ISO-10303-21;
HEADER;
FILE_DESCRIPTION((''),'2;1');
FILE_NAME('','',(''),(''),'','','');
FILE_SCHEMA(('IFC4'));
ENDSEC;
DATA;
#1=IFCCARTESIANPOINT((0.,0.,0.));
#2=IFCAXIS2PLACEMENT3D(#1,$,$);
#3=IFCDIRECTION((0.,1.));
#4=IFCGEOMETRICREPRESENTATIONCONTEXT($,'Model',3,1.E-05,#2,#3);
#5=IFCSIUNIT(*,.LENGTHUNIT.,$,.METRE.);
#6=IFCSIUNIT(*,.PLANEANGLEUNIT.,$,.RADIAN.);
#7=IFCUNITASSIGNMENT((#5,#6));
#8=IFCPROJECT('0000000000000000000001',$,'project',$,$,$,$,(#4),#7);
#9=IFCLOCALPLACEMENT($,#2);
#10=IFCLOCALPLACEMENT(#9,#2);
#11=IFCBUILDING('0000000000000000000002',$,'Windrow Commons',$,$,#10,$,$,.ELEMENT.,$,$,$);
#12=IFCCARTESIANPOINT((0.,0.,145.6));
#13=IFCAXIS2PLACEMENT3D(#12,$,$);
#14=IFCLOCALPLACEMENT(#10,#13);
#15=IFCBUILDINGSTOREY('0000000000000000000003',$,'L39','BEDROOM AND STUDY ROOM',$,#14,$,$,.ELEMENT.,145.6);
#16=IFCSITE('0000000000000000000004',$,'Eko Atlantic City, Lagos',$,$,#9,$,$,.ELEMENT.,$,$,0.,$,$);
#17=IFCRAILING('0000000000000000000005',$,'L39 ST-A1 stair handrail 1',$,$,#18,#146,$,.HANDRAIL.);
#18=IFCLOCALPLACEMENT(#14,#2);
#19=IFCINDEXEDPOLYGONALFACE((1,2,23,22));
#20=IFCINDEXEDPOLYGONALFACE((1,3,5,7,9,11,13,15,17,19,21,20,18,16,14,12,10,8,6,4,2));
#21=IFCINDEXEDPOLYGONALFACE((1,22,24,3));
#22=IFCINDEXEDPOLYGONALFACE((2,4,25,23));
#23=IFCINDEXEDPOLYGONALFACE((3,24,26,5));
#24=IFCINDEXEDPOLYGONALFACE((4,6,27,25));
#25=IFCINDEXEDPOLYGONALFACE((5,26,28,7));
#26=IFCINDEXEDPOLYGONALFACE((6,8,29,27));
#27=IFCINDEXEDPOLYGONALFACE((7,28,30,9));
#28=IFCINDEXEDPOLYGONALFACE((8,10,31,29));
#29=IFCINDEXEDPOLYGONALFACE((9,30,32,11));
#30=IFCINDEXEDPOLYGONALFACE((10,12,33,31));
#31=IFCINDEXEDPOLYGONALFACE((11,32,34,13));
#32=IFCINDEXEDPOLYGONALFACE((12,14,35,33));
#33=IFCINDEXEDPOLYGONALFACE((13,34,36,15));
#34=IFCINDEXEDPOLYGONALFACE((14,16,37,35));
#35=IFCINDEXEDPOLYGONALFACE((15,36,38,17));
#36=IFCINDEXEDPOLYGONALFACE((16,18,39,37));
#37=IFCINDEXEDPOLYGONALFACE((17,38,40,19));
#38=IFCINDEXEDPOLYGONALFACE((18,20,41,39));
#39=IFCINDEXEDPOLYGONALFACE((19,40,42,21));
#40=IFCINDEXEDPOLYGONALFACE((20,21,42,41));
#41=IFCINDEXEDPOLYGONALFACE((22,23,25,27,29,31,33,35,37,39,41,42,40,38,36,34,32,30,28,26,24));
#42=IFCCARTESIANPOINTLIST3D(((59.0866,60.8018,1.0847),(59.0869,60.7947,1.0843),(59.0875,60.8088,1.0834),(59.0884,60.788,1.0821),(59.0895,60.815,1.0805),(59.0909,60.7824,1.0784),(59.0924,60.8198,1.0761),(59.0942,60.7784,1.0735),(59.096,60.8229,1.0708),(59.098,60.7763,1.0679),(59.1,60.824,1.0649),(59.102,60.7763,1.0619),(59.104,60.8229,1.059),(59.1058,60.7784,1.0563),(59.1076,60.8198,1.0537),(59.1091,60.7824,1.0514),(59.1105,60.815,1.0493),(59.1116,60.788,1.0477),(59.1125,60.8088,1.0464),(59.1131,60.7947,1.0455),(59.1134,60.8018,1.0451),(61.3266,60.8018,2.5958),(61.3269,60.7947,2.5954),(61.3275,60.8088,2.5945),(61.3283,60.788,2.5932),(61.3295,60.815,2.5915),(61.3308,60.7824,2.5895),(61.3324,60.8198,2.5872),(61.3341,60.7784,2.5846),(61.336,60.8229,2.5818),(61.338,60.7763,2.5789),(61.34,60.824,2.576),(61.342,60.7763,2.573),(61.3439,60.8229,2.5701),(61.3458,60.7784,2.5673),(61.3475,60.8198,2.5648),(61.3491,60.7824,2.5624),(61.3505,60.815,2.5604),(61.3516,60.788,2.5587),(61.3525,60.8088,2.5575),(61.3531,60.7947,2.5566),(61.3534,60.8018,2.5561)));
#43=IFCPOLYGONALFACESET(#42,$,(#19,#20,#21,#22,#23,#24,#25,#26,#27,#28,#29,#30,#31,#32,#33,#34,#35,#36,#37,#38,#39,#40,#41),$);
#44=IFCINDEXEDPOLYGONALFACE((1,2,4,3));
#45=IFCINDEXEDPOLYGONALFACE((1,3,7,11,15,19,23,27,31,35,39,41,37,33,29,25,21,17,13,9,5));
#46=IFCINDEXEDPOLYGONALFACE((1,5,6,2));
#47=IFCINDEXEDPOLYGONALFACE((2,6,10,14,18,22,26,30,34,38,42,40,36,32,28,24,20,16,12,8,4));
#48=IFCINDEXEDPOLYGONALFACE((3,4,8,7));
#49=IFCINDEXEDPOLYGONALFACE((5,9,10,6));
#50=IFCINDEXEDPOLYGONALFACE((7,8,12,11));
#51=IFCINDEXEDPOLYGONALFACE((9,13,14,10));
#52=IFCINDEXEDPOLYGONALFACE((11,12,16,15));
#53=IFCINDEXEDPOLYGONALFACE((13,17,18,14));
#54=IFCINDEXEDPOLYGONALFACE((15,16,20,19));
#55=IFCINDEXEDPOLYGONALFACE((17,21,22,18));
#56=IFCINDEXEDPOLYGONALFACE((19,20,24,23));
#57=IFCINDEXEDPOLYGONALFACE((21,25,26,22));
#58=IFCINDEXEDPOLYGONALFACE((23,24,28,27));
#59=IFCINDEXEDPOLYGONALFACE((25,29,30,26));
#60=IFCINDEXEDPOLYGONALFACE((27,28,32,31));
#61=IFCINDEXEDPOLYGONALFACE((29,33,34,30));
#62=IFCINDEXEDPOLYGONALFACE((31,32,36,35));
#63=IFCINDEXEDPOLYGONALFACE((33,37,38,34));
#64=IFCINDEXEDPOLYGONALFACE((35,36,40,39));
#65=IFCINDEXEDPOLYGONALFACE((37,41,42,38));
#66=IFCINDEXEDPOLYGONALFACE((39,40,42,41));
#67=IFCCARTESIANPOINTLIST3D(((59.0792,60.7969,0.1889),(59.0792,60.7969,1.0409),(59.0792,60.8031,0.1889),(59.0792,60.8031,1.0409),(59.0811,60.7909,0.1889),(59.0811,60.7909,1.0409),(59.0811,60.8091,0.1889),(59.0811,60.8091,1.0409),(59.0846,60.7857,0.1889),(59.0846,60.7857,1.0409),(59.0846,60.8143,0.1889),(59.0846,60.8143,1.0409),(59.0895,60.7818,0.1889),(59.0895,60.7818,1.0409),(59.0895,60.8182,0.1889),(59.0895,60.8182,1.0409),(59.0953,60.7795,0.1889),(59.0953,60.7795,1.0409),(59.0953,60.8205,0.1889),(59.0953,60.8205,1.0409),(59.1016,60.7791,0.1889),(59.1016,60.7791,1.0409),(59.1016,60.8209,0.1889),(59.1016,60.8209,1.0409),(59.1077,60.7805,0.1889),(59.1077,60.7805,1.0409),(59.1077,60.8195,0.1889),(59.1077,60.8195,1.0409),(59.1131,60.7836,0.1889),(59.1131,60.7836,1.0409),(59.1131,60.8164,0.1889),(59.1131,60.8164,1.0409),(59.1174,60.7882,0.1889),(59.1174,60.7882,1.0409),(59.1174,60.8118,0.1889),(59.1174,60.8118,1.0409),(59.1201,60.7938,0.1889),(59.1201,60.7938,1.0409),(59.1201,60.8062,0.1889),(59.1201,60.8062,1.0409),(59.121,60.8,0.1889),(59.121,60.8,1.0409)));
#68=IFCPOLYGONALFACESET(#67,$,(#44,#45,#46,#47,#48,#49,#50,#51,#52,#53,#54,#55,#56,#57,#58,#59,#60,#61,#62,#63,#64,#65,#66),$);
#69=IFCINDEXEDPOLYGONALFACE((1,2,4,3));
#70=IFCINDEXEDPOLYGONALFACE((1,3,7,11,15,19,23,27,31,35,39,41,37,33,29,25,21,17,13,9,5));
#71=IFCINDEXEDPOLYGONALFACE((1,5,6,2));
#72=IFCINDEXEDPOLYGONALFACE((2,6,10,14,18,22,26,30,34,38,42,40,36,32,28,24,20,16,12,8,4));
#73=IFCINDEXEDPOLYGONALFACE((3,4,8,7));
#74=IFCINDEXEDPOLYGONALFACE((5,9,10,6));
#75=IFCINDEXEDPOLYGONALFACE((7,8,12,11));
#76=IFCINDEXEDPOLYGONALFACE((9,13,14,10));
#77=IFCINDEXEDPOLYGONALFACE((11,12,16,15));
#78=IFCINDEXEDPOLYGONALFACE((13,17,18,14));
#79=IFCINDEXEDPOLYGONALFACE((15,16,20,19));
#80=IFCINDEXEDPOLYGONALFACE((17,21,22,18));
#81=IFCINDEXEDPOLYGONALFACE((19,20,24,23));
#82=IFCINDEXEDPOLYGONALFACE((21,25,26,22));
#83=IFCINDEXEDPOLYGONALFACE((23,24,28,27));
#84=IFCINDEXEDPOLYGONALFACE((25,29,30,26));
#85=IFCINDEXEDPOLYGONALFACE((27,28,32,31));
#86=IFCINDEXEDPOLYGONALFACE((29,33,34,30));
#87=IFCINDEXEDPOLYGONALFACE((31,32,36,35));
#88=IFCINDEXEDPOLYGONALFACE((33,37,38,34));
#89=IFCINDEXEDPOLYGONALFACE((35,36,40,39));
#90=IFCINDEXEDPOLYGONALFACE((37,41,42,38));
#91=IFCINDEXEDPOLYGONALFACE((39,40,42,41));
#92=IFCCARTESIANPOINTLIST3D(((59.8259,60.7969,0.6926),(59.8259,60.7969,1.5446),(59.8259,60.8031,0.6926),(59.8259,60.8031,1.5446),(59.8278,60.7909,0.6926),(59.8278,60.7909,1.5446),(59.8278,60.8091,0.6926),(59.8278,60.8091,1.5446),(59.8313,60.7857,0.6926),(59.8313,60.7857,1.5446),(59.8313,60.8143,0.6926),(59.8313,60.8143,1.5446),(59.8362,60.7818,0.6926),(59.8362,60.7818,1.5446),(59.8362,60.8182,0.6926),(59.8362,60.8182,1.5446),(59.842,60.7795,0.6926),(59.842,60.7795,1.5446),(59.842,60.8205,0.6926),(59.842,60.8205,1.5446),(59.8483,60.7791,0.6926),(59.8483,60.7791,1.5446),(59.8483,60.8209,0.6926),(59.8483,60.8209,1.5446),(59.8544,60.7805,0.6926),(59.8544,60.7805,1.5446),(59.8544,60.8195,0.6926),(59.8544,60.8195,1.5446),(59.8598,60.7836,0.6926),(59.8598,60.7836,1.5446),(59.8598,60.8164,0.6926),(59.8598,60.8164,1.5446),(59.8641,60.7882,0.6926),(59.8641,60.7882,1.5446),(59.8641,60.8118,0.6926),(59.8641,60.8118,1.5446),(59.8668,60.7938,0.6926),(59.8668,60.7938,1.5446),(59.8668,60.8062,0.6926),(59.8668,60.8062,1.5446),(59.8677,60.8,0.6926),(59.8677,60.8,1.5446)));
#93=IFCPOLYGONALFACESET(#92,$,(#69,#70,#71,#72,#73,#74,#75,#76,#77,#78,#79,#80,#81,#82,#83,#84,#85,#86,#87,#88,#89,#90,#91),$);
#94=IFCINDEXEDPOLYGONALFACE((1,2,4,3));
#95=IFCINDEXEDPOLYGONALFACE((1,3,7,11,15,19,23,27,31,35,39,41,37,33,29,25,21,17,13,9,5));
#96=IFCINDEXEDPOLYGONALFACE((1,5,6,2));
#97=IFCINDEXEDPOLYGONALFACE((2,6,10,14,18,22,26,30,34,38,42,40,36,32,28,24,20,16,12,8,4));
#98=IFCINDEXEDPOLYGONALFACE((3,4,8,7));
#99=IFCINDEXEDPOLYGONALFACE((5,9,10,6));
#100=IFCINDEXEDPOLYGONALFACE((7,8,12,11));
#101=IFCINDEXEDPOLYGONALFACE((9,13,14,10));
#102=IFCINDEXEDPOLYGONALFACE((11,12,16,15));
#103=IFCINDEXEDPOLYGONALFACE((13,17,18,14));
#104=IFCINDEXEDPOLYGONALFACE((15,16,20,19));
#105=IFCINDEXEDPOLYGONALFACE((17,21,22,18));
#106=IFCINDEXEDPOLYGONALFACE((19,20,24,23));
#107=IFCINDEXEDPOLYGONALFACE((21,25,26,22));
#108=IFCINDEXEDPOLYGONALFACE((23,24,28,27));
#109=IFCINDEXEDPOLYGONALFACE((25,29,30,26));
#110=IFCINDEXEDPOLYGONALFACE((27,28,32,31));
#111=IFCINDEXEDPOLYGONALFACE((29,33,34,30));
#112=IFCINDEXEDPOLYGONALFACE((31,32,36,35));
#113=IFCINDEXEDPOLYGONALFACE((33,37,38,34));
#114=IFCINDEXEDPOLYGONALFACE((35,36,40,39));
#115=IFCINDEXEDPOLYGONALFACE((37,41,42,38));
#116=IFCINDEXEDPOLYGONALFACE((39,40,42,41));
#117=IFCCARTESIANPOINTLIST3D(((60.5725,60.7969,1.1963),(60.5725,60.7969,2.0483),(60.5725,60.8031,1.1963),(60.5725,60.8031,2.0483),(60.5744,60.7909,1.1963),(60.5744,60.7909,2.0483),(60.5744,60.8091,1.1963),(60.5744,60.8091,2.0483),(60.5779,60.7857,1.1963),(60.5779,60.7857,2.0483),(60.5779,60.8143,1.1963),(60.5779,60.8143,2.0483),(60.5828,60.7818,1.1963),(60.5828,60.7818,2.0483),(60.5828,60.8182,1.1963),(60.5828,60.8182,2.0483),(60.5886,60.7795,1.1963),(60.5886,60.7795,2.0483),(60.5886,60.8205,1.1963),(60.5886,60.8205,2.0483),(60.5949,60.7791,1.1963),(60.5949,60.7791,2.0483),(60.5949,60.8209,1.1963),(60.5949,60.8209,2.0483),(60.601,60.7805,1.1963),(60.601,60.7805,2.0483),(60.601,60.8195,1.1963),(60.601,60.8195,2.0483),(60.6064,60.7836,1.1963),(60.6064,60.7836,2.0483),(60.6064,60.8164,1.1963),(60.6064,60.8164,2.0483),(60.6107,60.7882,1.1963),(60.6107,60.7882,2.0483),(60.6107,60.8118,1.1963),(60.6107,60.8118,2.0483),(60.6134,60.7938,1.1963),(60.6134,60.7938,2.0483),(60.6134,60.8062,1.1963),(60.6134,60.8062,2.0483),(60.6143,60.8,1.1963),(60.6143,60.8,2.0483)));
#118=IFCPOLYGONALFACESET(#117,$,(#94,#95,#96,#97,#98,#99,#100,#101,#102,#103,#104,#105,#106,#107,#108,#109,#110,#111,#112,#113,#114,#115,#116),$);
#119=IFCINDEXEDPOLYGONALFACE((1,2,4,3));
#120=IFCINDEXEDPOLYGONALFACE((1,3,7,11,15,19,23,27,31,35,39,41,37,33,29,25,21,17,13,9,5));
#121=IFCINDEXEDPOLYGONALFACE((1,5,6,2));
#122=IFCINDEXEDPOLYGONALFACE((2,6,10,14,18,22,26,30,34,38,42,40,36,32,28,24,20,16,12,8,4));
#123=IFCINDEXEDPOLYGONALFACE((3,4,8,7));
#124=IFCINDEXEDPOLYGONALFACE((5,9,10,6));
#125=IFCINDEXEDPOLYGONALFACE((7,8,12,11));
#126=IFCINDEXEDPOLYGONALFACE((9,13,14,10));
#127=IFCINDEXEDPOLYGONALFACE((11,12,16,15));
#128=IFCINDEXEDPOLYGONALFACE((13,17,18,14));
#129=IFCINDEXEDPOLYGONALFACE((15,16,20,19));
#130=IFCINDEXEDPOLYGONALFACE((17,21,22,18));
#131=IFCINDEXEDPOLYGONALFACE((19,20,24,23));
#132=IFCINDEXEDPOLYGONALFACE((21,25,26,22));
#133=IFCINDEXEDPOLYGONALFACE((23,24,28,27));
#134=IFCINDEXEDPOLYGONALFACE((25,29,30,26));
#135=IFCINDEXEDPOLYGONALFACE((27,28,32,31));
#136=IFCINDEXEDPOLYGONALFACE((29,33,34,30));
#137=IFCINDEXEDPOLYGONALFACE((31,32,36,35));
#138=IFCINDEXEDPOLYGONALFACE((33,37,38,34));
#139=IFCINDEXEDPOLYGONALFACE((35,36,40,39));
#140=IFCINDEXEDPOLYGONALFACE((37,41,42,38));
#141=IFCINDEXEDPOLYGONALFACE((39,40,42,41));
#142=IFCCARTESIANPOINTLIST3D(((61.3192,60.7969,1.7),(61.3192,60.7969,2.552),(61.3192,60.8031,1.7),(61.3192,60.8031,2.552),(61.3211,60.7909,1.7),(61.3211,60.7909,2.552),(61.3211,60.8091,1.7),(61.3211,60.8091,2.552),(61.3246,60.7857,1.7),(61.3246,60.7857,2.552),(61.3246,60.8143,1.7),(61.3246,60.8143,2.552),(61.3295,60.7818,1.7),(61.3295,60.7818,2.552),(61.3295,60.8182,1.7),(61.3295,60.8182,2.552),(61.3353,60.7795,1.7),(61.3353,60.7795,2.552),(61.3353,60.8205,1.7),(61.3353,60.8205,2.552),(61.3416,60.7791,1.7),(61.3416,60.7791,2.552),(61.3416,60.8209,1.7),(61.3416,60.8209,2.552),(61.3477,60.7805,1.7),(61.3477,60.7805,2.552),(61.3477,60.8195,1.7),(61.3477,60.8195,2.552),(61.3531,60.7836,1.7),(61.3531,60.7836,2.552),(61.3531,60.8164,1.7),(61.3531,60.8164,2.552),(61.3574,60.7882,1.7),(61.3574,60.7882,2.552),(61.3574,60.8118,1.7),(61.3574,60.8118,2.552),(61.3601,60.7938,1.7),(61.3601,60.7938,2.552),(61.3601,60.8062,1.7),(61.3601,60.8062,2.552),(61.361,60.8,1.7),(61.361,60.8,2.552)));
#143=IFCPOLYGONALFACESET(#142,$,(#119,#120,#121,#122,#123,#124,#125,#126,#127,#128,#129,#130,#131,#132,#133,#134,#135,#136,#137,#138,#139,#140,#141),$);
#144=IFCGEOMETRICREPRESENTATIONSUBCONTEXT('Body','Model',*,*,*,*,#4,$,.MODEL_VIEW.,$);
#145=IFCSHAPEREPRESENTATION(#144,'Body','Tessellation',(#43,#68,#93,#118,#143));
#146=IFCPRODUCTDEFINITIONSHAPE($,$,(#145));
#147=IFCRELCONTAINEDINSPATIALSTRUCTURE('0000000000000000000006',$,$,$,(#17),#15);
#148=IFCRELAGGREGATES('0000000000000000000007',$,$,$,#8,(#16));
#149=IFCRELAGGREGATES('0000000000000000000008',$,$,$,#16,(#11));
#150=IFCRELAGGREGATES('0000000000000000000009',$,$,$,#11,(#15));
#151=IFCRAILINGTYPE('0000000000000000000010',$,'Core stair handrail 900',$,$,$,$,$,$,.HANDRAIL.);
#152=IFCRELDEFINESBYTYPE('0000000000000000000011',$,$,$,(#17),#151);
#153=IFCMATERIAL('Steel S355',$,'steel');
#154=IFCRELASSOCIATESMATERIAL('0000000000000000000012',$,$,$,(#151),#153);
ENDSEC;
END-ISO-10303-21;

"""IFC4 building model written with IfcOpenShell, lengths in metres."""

from ifc_helpers import new_model, si_unit, direction, frame, origin, origin_2d, place, context, subcontext, project, spatial, circle, extrude, material, type_object, element, save


model = new_model("IFC4")

# Units and contexts
model_context = context("Model", 3, precision=1e-05, world=origin(), true_north=direction((0.0, 1.0)))
body_context = subcontext(model_context, "Body", "Model", "MODEL_VIEW")
ifc_project = project(units=[si_unit("LENGTHUNIT", "METRE"), si_unit("PLANEANGLEUNIT", "RADIAN")], contexts=[model_context])

# Site, building, storey
site_placement = place(None, origin())
site = spatial("IfcSite", under=ifc_project, at=site_placement, Name="Eko Atlantic City, Lagos", CompositionType="ELEMENT", RefElevation=0.0)
building_placement = place(site_placement, origin())
building = spatial("IfcBuilding", under=site, at=building_placement, Name="Windrow Commons", CompositionType="ELEMENT")
storey_placement = place(building_placement, frame((0.0, 0.0, 145.6)))
storey = spatial("IfcBuildingStorey", under=building, at=storey_placement, Name="L39", Description="BEDROOM AND STUDY ROOM", CompositionType="ELEMENT", Elevation=145.6)

# Railing
ifc_material_1 = material(Name="Steel S355", Category="steel")
railing_type_1 = type_object("IfcRailingType", Name="Core stair handrail 900", PredefinedType="HANDRAIL", material=ifc_material_1)
railing_1_placement = place(storey_placement, frame((59.1, 60.8, 0.1889)))
element("IfcRailing", 1, at=railing_1_placement, inside=storey, type_object=railing_type_1, Name="L39 ST-A1 stair handrail 1", PredefinedType="HANDRAIL", context=body_context, shape_type="SweptSolid", body=[
    extrude(circle(Radius=0.024, at=origin_2d()), frame((0.0, 0.0, 0.876), z_axis=(0.829003, 0.0, 0.559244), x_axis=(0.0, 1.0, 0.0)), (0.0, 0.0, 1.0), 2.702),
    extrude(circle(Radius=0.021, at=origin_2d()), origin(), (0.0, 0.0, 1.0), 0.852),
    extrude(circle(Radius=0.021, at=origin_2d()), frame((0.7467, 0.0, 0.5037)), (0.0, 0.0, 1.0), 0.852),
    extrude(circle(Radius=0.021, at=origin_2d()), frame((1.4933, 0.0, 1.0074)), (0.0, 0.0, 1.0), 0.852),
    extrude(circle(Radius=0.021, at=origin_2d()), frame((2.24, 0.0, 1.5111)), (0.0, 0.0, 1.0), 0.852),
])

save(model, "model.ifc")
